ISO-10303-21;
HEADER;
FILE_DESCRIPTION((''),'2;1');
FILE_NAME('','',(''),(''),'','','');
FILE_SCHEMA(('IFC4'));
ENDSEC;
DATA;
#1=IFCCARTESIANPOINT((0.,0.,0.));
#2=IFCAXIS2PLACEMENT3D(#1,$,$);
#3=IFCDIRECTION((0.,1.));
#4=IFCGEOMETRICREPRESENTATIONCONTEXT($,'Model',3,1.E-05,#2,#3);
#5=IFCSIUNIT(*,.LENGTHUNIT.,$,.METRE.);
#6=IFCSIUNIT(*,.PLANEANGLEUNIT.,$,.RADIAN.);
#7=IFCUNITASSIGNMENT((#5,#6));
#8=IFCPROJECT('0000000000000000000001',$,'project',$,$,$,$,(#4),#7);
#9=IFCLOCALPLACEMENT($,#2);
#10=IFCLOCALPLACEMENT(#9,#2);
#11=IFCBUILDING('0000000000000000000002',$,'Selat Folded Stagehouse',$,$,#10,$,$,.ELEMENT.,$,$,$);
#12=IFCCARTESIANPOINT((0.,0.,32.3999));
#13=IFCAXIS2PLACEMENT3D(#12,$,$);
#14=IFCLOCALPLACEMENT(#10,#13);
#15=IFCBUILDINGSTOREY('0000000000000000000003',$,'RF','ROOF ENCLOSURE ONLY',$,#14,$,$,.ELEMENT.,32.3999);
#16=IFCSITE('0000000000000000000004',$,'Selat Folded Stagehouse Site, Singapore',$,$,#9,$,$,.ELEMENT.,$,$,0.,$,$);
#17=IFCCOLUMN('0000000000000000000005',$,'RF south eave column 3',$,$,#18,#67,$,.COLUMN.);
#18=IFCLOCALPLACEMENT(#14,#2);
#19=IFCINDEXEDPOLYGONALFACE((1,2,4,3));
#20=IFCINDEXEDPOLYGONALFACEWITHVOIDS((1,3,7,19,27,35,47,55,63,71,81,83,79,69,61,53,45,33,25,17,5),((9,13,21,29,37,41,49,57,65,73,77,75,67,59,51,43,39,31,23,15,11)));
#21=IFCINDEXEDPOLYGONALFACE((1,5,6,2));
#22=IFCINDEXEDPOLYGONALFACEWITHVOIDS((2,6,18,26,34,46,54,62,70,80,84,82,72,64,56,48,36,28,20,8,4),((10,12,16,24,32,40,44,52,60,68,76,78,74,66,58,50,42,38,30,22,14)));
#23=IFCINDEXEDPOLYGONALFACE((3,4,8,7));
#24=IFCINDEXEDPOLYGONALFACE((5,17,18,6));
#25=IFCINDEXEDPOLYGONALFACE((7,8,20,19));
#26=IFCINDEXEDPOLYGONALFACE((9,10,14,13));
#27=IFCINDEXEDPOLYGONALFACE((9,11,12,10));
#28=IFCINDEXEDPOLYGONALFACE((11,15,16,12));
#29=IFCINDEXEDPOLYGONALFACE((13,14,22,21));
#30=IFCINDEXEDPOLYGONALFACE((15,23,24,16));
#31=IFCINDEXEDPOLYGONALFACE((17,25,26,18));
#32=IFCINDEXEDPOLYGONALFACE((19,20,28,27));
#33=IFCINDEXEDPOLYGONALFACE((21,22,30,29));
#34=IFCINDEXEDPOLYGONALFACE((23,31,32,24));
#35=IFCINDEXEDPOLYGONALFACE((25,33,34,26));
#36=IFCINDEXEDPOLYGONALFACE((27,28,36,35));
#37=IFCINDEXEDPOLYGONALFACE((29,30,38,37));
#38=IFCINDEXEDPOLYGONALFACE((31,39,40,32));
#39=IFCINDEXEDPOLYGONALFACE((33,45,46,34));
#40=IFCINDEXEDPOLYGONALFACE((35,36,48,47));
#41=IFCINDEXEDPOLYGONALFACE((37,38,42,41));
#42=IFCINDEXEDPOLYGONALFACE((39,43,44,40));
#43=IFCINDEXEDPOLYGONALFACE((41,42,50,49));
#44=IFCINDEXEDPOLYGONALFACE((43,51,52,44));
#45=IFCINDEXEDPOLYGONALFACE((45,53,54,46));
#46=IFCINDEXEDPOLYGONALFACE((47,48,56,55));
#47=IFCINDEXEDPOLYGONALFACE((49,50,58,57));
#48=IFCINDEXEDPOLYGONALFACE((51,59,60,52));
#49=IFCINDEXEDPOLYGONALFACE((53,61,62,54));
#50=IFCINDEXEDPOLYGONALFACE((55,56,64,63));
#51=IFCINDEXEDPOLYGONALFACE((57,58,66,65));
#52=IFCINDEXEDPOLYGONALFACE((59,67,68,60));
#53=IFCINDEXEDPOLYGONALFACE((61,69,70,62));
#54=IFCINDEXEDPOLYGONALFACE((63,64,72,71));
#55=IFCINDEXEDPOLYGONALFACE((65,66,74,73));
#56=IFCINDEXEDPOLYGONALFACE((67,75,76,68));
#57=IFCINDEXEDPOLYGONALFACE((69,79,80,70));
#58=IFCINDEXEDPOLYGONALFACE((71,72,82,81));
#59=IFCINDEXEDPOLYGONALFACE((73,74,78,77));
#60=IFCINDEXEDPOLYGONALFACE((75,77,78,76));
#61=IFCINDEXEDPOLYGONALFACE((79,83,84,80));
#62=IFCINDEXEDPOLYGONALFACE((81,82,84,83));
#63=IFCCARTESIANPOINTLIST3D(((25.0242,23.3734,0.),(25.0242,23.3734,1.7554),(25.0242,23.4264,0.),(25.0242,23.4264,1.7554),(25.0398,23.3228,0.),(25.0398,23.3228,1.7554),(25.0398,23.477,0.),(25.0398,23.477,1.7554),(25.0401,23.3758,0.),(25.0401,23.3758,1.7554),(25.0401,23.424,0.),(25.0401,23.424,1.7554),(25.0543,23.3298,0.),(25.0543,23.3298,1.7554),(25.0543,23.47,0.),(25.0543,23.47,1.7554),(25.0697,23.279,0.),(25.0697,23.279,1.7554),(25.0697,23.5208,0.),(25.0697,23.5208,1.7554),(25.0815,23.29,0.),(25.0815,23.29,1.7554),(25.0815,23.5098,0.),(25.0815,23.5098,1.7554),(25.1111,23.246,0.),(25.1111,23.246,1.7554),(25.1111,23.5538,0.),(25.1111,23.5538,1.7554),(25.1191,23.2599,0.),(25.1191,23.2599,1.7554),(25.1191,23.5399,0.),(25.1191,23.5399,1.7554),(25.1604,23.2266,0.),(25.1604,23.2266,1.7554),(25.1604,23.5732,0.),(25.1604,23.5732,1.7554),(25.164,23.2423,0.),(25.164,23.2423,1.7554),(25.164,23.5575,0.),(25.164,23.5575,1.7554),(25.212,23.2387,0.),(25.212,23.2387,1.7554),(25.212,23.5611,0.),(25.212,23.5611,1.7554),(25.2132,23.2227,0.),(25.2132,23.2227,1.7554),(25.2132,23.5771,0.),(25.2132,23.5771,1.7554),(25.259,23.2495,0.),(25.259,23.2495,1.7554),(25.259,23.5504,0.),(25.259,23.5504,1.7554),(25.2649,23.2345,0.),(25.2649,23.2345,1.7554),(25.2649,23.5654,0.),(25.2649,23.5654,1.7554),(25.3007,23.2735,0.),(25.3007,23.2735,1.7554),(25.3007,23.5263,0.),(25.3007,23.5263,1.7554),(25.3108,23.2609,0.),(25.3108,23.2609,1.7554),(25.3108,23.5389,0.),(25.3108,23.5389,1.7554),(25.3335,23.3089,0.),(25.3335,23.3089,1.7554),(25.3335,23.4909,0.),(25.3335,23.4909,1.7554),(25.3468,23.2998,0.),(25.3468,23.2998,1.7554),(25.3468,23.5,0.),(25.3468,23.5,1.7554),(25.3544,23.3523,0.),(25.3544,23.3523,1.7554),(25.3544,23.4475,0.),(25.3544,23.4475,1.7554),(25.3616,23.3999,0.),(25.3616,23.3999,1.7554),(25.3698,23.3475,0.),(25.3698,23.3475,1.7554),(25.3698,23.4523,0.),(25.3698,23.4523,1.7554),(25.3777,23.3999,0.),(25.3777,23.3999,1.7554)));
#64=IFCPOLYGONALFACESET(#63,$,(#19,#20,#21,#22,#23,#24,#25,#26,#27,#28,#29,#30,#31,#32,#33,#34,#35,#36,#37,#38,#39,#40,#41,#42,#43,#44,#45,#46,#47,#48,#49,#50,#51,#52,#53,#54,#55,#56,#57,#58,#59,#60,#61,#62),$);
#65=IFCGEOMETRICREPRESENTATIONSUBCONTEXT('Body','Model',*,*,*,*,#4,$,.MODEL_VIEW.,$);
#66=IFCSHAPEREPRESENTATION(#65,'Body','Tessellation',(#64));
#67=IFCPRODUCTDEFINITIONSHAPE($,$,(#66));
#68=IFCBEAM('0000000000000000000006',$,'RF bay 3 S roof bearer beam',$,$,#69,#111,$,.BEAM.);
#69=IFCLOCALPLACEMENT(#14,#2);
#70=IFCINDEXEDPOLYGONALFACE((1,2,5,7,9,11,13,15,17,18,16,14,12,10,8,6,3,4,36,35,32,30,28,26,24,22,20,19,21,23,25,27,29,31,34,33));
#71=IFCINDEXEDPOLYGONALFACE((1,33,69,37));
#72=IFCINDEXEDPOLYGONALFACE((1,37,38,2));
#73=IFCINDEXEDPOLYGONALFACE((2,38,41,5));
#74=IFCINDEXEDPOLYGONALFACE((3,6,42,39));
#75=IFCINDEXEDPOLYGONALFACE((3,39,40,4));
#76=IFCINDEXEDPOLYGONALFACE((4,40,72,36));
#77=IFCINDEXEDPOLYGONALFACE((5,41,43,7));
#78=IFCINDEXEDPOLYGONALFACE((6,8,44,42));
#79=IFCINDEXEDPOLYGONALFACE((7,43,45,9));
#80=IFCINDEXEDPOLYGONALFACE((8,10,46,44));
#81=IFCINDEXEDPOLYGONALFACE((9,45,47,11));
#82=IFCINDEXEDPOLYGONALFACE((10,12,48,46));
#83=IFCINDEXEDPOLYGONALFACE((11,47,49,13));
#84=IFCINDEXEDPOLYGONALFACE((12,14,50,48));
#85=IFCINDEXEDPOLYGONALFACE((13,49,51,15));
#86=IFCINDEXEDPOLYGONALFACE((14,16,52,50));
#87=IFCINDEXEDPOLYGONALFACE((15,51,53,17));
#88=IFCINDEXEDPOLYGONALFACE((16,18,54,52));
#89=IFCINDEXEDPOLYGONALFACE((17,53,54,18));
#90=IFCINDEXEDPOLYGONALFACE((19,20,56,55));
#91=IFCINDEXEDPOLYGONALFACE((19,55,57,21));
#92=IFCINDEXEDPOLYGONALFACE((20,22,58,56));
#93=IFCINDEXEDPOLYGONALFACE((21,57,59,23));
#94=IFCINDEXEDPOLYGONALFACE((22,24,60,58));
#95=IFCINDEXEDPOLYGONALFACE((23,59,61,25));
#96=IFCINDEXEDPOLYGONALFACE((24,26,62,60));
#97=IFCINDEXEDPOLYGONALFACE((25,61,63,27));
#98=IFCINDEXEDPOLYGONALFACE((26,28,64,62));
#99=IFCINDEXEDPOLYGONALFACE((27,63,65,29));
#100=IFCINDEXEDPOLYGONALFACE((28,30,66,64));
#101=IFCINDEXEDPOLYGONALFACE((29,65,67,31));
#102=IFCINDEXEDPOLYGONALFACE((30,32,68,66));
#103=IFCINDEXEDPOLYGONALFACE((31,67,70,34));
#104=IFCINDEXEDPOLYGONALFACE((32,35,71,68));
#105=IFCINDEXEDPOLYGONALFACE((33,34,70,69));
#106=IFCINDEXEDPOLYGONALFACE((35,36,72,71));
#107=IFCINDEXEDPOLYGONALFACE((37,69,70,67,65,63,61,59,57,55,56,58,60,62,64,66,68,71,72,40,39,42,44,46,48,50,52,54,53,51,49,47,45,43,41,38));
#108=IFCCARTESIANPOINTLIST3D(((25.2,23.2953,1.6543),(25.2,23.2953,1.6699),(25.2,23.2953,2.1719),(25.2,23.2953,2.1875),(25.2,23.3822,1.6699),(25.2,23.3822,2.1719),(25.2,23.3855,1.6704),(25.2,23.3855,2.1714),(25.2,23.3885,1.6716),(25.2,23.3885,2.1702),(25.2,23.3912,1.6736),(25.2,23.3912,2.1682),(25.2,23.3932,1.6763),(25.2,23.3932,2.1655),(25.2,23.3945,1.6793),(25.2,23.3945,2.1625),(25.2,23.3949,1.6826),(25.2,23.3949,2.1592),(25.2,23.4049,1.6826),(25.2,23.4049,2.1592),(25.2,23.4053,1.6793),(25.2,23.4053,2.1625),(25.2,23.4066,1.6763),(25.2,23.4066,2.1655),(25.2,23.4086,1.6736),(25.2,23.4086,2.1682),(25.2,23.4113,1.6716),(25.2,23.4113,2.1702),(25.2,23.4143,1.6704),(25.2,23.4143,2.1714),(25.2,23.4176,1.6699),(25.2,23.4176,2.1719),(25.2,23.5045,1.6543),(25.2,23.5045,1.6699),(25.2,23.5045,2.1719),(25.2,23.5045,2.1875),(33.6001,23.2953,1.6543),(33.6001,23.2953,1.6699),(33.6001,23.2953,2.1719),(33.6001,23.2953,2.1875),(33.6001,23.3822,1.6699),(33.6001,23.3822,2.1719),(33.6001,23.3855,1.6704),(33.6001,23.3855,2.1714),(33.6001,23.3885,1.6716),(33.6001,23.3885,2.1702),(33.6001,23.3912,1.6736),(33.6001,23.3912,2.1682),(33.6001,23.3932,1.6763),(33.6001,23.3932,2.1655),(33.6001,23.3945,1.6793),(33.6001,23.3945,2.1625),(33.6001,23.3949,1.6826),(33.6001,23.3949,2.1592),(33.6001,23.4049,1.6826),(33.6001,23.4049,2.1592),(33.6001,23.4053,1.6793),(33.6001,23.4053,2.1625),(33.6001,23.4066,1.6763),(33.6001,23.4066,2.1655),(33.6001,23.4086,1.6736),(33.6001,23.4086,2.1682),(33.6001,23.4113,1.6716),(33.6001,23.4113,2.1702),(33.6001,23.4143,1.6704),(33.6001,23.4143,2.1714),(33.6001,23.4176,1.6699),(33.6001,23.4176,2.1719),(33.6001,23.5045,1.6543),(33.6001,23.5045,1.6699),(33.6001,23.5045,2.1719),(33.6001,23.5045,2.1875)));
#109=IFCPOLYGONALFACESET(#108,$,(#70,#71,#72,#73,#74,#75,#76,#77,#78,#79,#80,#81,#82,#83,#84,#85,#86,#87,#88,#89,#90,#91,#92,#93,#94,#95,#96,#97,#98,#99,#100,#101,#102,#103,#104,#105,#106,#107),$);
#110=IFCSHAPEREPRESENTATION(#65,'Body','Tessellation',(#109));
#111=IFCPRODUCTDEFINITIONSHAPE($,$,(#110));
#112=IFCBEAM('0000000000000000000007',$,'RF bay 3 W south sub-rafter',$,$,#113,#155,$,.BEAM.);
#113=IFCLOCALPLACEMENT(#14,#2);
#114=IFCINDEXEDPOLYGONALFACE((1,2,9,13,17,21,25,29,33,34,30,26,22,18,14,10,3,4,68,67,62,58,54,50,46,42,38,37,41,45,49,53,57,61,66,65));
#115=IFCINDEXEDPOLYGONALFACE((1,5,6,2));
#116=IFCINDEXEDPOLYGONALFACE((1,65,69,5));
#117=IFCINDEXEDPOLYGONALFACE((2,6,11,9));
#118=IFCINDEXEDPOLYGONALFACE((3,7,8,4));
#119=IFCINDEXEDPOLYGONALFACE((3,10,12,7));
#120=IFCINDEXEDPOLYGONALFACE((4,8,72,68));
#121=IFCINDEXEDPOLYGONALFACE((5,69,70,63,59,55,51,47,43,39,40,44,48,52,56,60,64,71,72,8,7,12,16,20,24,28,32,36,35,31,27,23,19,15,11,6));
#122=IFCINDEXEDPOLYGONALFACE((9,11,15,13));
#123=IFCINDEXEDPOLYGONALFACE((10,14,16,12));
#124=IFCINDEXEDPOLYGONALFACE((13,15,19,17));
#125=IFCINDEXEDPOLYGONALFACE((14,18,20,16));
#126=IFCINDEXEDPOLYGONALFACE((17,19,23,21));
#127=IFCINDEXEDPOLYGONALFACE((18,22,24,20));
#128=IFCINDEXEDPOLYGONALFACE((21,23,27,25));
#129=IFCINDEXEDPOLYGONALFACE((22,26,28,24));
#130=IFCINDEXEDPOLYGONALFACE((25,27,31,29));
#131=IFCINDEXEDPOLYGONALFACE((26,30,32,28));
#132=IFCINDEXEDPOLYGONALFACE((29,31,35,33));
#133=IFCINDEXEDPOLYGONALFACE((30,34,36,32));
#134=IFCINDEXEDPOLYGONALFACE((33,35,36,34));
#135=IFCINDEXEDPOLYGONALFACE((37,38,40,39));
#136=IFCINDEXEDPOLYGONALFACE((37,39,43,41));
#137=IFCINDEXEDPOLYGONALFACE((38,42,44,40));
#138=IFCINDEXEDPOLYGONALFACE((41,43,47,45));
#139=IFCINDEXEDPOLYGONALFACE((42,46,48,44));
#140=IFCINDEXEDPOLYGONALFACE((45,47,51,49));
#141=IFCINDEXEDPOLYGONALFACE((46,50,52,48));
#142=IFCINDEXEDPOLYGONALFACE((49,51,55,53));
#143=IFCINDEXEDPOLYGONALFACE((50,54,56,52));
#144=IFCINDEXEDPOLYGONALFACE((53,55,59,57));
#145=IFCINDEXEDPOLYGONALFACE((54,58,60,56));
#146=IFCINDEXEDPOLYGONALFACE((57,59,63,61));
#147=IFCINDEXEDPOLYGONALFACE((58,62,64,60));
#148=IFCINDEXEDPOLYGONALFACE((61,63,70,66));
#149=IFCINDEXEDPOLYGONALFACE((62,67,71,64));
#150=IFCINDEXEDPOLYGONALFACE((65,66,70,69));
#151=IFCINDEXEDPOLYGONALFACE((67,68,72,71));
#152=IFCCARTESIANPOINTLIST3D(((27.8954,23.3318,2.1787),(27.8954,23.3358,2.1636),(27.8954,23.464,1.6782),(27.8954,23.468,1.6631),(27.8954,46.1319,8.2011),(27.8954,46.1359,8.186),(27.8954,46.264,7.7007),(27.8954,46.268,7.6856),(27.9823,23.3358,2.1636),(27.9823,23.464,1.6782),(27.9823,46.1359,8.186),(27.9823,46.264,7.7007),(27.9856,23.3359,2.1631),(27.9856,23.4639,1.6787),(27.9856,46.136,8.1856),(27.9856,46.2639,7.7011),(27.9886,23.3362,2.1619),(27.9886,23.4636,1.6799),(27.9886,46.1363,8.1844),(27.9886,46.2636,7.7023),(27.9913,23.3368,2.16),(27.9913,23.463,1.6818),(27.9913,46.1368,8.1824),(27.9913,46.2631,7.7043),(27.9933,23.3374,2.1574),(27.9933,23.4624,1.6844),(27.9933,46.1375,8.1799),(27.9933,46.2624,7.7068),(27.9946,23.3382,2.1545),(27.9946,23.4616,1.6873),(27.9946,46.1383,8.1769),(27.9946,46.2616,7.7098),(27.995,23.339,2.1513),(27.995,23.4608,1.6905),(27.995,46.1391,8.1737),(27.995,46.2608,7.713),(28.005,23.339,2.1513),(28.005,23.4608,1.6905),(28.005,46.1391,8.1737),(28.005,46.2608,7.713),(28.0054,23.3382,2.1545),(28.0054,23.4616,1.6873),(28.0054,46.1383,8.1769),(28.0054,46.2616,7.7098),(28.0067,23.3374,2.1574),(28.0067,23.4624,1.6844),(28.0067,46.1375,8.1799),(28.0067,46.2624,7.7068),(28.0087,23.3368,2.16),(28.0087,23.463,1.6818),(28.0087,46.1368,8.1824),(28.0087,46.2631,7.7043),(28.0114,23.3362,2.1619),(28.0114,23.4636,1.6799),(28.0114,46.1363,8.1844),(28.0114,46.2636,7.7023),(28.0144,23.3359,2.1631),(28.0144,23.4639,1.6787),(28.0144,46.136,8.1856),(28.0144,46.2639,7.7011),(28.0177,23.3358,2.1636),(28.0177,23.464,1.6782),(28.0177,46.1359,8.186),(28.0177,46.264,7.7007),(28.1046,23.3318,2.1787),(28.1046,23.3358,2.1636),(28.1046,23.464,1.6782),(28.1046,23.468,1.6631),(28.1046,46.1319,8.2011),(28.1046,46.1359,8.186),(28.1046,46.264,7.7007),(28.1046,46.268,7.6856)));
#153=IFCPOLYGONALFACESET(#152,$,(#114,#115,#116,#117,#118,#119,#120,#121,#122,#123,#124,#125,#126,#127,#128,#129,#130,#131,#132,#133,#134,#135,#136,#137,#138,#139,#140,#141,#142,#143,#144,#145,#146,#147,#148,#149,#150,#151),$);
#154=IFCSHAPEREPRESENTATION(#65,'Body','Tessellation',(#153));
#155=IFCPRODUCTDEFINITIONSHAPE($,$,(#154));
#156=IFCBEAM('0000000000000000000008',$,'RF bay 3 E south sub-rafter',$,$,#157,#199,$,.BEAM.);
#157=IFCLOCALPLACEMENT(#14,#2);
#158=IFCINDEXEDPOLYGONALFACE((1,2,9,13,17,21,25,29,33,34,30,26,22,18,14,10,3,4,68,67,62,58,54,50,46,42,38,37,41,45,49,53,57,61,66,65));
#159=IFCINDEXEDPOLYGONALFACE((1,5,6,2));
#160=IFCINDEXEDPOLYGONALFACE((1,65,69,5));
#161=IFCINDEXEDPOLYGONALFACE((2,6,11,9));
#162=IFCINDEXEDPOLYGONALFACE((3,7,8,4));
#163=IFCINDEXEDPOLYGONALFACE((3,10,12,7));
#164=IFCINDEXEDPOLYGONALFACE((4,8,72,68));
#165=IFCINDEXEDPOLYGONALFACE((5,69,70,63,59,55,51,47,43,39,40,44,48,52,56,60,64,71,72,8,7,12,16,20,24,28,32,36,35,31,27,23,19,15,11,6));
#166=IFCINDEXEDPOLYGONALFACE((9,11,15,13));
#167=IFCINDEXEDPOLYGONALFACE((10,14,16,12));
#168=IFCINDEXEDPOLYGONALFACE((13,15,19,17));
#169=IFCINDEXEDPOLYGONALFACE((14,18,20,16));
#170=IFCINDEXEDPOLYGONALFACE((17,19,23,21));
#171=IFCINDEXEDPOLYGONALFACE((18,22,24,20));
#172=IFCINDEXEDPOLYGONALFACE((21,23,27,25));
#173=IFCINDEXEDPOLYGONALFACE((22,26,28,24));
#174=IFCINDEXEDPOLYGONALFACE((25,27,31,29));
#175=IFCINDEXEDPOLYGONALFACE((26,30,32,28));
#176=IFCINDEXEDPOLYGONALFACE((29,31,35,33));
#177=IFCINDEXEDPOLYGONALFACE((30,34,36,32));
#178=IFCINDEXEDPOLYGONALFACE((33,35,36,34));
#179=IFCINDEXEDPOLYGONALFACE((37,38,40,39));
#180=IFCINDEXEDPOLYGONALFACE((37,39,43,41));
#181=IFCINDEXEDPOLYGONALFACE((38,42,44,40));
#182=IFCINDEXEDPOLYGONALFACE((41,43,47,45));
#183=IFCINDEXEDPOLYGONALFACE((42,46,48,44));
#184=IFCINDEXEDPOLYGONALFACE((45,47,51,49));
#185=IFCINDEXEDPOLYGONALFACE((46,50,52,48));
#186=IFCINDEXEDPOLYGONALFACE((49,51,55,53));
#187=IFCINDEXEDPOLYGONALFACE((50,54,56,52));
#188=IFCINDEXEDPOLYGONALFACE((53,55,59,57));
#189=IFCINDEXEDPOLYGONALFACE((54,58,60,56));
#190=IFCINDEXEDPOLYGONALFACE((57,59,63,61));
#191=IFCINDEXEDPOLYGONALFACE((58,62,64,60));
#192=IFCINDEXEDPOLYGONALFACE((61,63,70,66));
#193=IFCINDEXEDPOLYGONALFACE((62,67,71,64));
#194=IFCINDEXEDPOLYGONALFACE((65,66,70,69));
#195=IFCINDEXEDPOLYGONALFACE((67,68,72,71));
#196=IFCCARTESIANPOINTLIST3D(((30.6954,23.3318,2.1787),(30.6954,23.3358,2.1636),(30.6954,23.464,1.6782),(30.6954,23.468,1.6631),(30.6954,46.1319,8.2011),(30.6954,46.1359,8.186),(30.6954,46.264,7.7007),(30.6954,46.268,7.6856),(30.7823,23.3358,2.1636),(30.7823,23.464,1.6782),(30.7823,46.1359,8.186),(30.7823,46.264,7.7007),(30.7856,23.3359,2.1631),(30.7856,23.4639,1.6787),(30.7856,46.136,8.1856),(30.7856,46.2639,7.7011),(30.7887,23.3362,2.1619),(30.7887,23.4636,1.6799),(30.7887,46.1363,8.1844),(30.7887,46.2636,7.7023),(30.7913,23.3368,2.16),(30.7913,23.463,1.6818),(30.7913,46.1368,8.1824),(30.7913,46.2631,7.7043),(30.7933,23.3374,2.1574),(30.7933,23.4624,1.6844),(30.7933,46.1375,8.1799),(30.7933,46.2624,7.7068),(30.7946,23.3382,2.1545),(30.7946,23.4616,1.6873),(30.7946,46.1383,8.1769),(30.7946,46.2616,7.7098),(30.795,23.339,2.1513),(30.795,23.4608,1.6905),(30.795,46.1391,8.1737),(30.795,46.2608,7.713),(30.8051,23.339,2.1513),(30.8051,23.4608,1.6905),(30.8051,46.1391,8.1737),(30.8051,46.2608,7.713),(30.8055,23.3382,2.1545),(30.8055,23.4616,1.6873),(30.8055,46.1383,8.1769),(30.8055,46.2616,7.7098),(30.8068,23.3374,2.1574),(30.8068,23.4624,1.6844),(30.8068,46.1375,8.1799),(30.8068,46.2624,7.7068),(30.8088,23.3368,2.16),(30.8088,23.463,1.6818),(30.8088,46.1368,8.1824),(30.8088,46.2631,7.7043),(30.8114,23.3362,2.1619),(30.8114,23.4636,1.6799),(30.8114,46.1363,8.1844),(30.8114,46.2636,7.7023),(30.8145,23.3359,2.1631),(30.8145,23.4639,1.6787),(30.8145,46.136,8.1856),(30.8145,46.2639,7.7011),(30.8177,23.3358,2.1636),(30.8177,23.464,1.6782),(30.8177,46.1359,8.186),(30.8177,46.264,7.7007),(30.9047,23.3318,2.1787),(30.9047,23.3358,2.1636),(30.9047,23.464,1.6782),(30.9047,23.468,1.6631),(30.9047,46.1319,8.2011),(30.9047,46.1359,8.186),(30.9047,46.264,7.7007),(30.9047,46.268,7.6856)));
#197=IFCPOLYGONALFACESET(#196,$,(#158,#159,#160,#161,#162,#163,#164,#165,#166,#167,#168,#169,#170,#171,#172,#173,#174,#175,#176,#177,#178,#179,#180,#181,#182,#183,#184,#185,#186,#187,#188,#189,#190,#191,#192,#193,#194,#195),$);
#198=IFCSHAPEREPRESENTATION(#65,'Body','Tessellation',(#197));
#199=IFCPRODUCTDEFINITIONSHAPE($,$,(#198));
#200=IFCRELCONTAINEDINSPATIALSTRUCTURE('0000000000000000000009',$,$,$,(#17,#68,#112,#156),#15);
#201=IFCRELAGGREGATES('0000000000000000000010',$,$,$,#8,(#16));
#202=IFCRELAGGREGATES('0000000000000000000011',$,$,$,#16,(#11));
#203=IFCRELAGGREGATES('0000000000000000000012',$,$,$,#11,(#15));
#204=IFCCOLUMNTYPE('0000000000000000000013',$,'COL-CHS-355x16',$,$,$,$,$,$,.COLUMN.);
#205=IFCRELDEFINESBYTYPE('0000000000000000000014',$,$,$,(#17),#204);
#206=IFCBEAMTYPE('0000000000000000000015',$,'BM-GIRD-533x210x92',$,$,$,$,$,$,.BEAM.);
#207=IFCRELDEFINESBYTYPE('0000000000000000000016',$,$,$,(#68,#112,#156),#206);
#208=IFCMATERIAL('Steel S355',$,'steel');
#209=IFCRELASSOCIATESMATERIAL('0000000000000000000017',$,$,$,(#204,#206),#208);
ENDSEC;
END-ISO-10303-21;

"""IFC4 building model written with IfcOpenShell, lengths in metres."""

from ifc_helpers import new_model, si_unit, direction, frame, origin, origin_2d, place, context, subcontext, project, spatial, hollow_circle, i_section, extrude, material, material_profile, profile_set, type_object, element, save


model = new_model("IFC4")

# Units and contexts
model_context = context("Model", 3, precision=1e-05, world=origin(), true_north=direction((0.0, 1.0)))
body_context = subcontext(model_context, "Body", "Model", "MODEL_VIEW")
ifc_project = project(units=[si_unit("LENGTHUNIT", "METRE"), si_unit("PLANEANGLEUNIT", "RADIAN")], contexts=[model_context])

# Site, building, storey
site_placement = place(None, origin())
site = spatial("IfcSite", under=ifc_project, at=site_placement, Name="Selat Folded Stagehouse Site, Singapore", CompositionType="ELEMENT", RefElevation=0.0)
building_placement = place(site_placement, origin())
building = spatial("IfcBuilding", under=site, at=building_placement, Name="Selat Folded Stagehouse", CompositionType="ELEMENT")
storey_placement = place(building_placement, frame((0.0, 0.0, 32.3999)))
storey = spatial("IfcBuildingStorey", under=building, at=storey_placement, Name="RF", Description="ROOF ENCLOSURE ONLY", CompositionType="ELEMENT", Elevation=32.3999)

# Column
ifc_material_1 = material(Name="Steel S355", Category="steel")
ifc_material_profile_1 = material_profile(ifc_material_1, hollow_circle(Radius=0.1777, WallThickness=0.0161, at=origin_2d()), Name="CHS 355.6x16.0")
ifc_profile_set_1 = profile_set([ifc_material_profile_1], Name="Steel S355")
column_type = type_object("IfcColumnType", Name="COL-CHS-355x16", PredefinedType="COLUMN", material=ifc_profile_set_1)
column_placement = place(storey_placement, frame((25.2, 23.3999, 0.0), z_axis=(0.0, 0.0, 1.0), x_axis=(1.0, 0.0, 0.0)))
element("IfcColumn", 1, at=column_placement, inside=storey, type_object=column_type, Name="RF south eave column 3", PredefinedType="COLUMN", context=body_context, shape_type="SweptSolid", body=[
    extrude(hollow_circle(Radius=0.1777, WallThickness=0.0161, at=origin_2d()), origin(), (0.0, 0.0, 1.0), 1.7554),
])

# Beams
ifc_material_profile_2 = material_profile(ifc_material_1, i_section(OverallWidth=0.2092, OverallDepth=0.5332, WebThickness=0.01, FlangeThickness=0.0156, FilletRadius=0.0127, at=origin_2d()), Name="UKB 533x210x92")
ifc_profile_set_2 = profile_set([ifc_material_profile_2], Name="Steel S355")
beam_type_1 = type_object("IfcBeamType", Name="BM-GIRD-533x210x92", PredefinedType="BEAM", material=ifc_profile_set_2)
beam_1_placement = place(storey_placement, frame((25.2, 23.3999, 1.9209), z_axis=(1.0, 0.0, 0.0), x_axis=(0.0, 1.0, 0.0)))
element("IfcBeam", 2, at=beam_1_placement, inside=storey, type_object=beam_type_1, Name="RF bay 3 S roof bearer beam", PredefinedType="BEAM", context=body_context, shape_type="SweptSolid", body=[
    extrude(i_section(OverallWidth=0.2092, OverallDepth=0.5332, WebThickness=0.01, FlangeThickness=0.0156, FilletRadius=0.0127, at=origin_2d()), origin(), (0.0, 0.0, 1.0), 8.4001),
])
for number, where, z_axis, x_axis, name in (
    (3, (28.0, 23.3999, 1.9209), (0.0, 0.96684, 0.255383), (-1.0, 0.0, 0.0), "RF bay 3 W south sub-rafter"),
    (4, (30.8, 23.3999, 1.9209), (0.0, 0.96684, 0.255383), (-1.0, 0.0, 0.0), "RF bay 3 E south sub-rafter"),
):
    element("IfcBeam", number, at=place(storey_placement, frame(where, z_axis=z_axis, x_axis=x_axis)), inside=storey, type_object=beam_type_1, Name=name, PredefinedType="BEAM", context=body_context, shape_type="SweptSolid", body=[
        extrude(i_section(OverallWidth=0.2092, OverallDepth=0.5332, WebThickness=0.01, FlangeThickness=0.0156, FilletRadius=0.0127, at=origin_2d()), origin(), (0.0, 0.0, 1.0), 23.582),
    ])

save(model, "model.ifc")
